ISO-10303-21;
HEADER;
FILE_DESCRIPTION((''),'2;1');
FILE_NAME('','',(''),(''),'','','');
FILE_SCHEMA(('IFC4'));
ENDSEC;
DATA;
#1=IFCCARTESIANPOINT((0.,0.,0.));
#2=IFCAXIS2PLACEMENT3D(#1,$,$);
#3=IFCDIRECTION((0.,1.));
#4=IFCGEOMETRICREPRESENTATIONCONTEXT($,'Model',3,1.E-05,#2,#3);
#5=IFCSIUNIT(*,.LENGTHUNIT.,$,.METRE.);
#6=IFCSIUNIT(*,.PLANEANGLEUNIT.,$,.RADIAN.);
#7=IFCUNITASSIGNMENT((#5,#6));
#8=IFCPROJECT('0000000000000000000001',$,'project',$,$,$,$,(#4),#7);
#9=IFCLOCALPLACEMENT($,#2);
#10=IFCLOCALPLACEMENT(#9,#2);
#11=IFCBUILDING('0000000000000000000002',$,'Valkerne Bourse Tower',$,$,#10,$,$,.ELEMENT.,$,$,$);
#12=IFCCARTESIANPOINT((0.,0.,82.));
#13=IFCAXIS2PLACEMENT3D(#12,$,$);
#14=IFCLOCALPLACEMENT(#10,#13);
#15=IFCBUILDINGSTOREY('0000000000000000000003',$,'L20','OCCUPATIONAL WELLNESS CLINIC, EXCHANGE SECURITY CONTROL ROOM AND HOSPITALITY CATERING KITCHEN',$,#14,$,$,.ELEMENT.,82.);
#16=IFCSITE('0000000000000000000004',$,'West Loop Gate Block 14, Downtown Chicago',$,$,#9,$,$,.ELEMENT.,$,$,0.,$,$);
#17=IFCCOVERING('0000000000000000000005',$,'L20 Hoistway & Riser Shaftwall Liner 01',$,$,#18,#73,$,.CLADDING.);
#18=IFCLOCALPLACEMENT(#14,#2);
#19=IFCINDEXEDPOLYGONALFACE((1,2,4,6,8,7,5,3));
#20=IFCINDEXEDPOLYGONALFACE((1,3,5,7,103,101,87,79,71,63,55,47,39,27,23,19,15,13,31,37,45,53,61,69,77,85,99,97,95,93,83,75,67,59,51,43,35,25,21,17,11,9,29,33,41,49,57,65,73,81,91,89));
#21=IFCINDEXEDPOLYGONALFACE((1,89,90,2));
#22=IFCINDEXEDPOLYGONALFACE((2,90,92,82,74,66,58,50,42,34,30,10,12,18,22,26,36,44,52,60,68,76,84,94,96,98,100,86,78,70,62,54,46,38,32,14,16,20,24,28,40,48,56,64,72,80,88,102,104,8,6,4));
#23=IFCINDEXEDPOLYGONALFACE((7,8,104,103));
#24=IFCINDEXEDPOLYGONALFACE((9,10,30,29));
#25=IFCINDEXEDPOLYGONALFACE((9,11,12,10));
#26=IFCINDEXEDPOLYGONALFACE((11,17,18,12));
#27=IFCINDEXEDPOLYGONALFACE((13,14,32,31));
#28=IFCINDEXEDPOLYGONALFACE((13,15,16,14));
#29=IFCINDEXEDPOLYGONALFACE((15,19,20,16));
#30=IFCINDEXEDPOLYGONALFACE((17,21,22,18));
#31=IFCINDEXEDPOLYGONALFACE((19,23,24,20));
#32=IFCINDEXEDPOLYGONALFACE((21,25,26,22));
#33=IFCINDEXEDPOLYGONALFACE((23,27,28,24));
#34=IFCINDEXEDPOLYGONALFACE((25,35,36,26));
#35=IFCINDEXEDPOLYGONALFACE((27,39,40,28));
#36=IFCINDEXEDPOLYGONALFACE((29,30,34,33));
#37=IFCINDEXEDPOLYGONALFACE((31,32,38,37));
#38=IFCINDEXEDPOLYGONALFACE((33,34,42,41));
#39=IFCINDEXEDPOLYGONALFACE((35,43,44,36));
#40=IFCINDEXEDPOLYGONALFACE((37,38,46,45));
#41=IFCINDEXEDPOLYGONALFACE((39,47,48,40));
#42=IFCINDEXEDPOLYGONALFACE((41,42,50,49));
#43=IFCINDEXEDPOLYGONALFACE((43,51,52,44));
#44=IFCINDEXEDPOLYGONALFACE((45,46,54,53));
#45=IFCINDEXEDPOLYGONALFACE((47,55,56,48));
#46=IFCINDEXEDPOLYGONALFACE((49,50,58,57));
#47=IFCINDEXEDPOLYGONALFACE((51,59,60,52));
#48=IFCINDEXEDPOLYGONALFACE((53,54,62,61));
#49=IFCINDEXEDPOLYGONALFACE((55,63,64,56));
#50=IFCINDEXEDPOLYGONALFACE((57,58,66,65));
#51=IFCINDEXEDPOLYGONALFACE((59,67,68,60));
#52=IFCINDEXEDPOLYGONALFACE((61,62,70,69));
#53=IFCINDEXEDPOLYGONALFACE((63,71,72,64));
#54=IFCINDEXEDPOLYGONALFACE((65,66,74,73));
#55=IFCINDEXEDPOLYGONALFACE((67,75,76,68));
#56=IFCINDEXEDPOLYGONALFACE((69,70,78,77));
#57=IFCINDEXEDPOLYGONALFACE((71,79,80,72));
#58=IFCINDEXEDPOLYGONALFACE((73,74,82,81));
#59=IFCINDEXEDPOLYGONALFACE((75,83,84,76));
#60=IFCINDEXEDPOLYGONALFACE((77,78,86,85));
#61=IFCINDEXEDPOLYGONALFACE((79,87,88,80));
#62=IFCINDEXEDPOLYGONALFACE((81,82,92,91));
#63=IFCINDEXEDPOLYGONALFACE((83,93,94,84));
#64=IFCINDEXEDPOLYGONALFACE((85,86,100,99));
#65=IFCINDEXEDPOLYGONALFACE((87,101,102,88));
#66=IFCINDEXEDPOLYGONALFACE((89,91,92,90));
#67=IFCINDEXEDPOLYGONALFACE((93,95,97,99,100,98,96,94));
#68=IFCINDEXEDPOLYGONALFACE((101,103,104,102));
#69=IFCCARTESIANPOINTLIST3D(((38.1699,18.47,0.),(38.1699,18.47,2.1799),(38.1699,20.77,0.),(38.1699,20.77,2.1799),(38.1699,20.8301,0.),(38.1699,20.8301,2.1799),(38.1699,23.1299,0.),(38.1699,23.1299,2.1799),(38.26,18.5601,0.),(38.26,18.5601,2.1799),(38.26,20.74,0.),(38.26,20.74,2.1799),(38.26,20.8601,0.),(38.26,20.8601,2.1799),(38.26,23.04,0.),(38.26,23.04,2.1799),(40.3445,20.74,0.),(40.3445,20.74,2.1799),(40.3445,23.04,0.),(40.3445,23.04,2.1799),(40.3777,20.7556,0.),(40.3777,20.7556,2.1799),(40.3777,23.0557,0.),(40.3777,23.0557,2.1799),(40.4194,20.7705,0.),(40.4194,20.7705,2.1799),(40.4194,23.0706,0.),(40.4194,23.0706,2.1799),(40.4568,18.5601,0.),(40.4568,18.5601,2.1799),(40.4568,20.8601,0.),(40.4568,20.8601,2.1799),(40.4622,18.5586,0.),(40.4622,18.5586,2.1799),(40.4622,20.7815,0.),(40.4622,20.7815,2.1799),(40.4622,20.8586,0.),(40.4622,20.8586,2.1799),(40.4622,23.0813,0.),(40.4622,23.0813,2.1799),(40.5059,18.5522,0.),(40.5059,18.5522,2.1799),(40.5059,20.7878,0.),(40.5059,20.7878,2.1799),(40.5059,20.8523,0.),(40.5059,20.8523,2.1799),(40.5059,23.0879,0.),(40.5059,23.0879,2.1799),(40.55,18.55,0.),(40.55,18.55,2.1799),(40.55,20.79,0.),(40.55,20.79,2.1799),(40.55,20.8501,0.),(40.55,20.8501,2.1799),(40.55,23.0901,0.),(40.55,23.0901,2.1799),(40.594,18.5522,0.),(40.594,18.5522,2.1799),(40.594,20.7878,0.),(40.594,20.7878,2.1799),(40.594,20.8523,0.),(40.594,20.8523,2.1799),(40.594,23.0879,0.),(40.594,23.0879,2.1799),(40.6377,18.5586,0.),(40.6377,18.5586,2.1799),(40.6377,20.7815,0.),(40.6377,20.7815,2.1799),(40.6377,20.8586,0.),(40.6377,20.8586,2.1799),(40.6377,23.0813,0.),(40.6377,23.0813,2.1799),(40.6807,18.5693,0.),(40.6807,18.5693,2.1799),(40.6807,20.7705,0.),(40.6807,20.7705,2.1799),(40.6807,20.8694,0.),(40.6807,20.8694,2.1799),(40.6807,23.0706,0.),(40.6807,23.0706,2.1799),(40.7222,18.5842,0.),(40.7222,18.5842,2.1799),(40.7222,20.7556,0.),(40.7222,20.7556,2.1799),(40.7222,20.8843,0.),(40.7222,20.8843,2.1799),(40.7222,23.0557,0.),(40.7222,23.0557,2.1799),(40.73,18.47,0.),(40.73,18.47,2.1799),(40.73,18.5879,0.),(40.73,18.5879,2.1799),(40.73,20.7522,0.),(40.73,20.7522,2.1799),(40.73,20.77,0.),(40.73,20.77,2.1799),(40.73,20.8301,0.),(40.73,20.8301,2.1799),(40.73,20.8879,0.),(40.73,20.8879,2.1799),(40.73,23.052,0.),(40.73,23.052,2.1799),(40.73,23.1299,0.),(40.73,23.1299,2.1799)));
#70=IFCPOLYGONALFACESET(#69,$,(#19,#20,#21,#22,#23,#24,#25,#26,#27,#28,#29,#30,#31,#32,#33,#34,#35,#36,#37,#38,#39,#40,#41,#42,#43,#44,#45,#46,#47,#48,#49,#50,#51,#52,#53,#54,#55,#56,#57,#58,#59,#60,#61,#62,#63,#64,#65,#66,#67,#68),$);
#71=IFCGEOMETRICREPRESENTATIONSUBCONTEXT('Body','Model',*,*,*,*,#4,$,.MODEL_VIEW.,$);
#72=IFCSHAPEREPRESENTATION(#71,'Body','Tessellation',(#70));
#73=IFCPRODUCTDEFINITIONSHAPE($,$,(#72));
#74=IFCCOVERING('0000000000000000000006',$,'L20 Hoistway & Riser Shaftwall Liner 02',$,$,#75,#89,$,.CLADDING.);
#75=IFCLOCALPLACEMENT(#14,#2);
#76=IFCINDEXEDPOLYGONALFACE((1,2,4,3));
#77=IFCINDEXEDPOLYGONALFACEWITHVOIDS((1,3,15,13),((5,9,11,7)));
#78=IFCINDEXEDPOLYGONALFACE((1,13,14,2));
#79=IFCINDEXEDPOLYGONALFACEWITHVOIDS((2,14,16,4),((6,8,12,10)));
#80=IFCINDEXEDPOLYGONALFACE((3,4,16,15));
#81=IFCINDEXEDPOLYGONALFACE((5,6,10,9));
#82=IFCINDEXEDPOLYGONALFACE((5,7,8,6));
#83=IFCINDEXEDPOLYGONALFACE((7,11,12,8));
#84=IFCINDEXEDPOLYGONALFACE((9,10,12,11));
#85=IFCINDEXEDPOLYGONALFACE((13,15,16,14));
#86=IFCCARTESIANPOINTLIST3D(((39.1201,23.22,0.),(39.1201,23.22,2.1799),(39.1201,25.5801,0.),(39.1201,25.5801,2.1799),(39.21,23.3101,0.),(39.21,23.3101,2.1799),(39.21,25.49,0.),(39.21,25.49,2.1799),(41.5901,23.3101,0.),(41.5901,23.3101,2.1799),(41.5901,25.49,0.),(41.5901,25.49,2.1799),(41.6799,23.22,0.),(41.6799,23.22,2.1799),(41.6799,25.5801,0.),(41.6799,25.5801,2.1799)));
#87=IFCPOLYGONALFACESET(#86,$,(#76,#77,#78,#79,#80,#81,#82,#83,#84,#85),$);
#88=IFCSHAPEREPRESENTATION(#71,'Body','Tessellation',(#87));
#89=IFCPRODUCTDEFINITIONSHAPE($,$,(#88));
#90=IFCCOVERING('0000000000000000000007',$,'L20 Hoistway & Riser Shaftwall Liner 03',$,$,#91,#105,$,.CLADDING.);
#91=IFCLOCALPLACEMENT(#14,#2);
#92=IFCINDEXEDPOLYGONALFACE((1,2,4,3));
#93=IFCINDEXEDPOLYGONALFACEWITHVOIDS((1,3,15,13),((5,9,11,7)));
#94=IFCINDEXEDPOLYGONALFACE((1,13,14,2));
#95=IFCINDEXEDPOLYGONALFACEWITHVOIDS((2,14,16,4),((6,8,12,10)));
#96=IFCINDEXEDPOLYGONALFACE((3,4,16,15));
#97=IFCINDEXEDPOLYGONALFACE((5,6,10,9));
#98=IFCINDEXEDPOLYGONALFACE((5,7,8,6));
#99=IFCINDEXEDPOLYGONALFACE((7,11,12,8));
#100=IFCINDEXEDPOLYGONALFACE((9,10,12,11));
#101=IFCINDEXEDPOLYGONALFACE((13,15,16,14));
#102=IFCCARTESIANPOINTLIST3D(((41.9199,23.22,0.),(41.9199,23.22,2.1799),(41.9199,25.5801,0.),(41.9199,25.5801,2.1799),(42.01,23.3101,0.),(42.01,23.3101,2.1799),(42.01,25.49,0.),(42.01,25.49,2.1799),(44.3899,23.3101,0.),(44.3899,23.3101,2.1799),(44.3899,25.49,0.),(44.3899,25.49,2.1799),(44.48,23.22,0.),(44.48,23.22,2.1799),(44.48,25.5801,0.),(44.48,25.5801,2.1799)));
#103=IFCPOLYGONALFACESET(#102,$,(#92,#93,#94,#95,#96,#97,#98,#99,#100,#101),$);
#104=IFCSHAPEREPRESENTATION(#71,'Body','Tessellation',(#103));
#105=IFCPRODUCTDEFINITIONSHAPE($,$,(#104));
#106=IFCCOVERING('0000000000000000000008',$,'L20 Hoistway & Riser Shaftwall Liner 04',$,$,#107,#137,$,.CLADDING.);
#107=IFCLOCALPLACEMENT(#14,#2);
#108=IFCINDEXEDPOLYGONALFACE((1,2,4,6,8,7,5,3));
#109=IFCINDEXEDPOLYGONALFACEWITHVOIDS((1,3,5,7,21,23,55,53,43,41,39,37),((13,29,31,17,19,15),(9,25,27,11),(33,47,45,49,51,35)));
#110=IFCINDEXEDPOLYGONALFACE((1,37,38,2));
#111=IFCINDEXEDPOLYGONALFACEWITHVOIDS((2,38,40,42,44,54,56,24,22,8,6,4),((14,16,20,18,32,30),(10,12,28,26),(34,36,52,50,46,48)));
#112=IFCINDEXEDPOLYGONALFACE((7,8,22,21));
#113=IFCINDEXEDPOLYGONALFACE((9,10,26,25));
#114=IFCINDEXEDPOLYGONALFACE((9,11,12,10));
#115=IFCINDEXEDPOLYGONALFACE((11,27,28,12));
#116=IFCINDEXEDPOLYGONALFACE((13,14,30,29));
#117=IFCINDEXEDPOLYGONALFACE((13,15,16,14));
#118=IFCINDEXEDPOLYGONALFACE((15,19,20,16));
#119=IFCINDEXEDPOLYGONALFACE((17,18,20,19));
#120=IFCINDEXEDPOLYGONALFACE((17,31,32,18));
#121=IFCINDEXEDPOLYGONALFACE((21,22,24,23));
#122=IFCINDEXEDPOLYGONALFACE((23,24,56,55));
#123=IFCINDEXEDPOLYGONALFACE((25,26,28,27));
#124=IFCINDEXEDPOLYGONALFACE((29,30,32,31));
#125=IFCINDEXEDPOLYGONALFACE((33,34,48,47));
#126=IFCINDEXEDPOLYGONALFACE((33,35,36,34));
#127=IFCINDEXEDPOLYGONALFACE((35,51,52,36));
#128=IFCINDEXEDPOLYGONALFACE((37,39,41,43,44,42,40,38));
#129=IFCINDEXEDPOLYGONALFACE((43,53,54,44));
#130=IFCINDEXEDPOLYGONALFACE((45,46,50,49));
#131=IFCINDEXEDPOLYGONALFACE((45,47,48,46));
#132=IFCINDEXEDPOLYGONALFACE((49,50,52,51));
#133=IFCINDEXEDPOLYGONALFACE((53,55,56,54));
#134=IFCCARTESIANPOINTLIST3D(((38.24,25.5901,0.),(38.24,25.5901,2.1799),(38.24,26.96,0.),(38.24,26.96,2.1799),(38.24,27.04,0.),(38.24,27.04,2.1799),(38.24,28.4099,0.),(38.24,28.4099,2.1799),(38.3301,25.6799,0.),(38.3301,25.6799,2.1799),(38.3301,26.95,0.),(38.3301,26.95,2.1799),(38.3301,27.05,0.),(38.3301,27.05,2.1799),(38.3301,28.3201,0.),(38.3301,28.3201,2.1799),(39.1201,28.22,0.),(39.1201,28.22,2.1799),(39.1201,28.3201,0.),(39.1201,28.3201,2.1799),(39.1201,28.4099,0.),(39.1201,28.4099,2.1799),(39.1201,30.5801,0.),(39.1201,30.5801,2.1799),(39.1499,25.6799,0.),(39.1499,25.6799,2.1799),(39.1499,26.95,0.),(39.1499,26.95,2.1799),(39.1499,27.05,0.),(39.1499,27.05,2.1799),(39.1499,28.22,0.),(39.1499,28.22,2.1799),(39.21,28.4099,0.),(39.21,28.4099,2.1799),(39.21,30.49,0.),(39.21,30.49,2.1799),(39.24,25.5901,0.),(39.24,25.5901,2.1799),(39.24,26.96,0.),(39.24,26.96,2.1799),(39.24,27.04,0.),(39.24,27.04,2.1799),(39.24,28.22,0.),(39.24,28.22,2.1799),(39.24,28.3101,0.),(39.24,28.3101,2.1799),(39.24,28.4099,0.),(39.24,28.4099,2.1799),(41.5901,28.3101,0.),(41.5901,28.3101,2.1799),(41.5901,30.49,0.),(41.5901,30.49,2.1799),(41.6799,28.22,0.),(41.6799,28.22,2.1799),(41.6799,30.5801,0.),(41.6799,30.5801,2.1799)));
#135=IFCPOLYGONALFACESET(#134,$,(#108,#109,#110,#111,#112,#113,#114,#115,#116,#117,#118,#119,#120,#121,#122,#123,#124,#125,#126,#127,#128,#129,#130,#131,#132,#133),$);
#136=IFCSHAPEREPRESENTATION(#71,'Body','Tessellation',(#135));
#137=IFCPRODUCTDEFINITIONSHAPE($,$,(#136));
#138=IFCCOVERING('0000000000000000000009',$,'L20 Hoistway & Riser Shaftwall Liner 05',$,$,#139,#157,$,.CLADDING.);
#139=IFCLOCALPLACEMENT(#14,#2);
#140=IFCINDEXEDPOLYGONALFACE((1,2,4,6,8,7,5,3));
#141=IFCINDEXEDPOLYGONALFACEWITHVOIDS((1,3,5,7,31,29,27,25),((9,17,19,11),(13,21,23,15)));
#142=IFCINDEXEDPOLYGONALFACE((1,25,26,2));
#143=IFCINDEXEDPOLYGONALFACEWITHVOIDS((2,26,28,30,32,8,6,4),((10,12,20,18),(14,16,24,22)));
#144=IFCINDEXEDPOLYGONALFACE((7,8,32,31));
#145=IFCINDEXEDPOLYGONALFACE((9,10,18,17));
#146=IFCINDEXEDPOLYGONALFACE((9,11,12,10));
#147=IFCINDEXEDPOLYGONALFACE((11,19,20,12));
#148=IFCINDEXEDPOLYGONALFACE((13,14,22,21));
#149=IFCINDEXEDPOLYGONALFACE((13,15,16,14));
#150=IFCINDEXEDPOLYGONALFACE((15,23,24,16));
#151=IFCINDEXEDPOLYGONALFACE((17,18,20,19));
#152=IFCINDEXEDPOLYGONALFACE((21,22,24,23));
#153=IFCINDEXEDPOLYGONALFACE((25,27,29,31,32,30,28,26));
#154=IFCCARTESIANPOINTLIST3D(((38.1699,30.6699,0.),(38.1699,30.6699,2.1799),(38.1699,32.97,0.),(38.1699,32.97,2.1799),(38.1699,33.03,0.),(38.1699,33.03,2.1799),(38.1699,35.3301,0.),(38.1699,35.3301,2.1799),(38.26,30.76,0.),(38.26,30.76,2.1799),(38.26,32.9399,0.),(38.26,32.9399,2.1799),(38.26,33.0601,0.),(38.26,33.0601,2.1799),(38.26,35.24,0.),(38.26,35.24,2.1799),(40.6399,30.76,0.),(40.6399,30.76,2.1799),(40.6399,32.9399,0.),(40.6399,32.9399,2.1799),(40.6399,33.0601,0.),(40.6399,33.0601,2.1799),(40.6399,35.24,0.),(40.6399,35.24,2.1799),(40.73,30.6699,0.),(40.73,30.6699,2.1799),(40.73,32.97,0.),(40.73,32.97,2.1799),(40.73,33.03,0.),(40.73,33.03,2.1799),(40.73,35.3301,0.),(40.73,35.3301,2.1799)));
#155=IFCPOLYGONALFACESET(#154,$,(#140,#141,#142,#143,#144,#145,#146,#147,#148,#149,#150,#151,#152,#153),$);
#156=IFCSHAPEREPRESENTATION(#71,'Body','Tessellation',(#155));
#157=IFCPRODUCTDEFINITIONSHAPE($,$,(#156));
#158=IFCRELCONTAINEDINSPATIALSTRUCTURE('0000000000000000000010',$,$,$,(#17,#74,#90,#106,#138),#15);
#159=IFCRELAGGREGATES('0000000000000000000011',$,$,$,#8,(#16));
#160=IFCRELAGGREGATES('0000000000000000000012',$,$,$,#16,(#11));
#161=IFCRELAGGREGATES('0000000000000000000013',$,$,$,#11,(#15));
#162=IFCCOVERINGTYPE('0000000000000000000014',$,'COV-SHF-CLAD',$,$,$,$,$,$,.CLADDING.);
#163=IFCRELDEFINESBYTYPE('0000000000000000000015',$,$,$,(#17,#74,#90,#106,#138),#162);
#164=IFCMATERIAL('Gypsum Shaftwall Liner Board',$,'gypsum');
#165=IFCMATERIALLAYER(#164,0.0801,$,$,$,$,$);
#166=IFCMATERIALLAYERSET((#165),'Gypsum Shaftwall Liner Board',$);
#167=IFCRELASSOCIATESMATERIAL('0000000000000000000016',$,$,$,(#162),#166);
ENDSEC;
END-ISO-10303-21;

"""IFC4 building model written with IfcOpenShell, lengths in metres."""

from ifc_helpers import new_model, si_unit, direction, frame, origin, place, context, subcontext, project, spatial, polyline, outline, extrude, material, layer, layer_set, type_object, element, save


model = new_model("IFC4")

# Units and contexts
model_context = context("Model", 3, precision=1e-05, world=origin(), true_north=direction((0.0, 1.0)))
body_context = subcontext(model_context, "Body", "Model", "MODEL_VIEW")
ifc_project = project(units=[si_unit("LENGTHUNIT", "METRE"), si_unit("PLANEANGLEUNIT", "RADIAN")], contexts=[model_context])

# Site, building, storey
site_placement = place(None, origin())
site = spatial("IfcSite", under=ifc_project, at=site_placement, Name="West Loop Gate Block 14, Downtown Chicago", CompositionType="ELEMENT", RefElevation=0.0)
building_placement = place(site_placement, origin())
building = spatial("IfcBuilding", under=site, at=building_placement, Name="Valkerne Bourse Tower", CompositionType="ELEMENT")
storey_placement = place(building_placement, frame((0.0, 0.0, 82.0)))
storey = spatial("IfcBuildingStorey", under=building, at=storey_placement, Name="L20", Description="OCCUPATIONAL WELLNESS CLINIC, EXCHANGE SECURITY CONTROL ROOM AND HOSPITALITY CATERING KITCHEN", CompositionType="ELEMENT", Elevation=82.0)

# Coverings
ifc_material_1 = material(Name="Gypsum Shaftwall Liner Board", Category="gypsum")
ifc_layer_1 = layer(ifc_material_1, 0.0801)
ifc_layer_set_1 = layer_set([ifc_layer_1], Name="Gypsum Shaftwall Liner Board")
covering_type_1 = type_object("IfcCoveringType", Name="COV-SHF-CLAD", PredefinedType="CLADDING", material=ifc_layer_set_1)
covering_1_placement = place(storey_placement, origin())
element("IfcCovering", 1, at=covering_1_placement, inside=storey, type_object=covering_type_1, Name="L20 Hoistway & Riser Shaftwall Liner 01", PredefinedType="CLADDING", context=body_context, shape_type="SweptSolid", body=[
    extrude(outline(polyline([(38.1699, 23.1299), (40.73, 23.1299), (40.73, 23.052), (40.7222, 23.0557), (40.6807, 23.0706), (40.6377, 23.0813), (40.594, 23.0879), (40.55, 23.0901), (40.5059, 23.0879), (40.4622, 23.0813), (40.4194, 23.0706), (40.3777, 23.0557), (40.3445, 23.04), (38.26, 23.04), (38.26, 20.8601), (40.4568, 20.8601), (40.4622, 20.8586), (40.5059, 20.8523), (40.55, 20.8501), (40.594, 20.8523), (40.6377, 20.8586), (40.6807, 20.8694), (40.7222, 20.8843), (40.73, 20.8879), (40.73, 20.8301), (40.73, 20.77), (40.73, 20.7522), (40.7222, 20.7556), (40.6807, 20.7705), (40.6377, 20.7815), (40.594, 20.7878), (40.55, 20.79), (40.5059, 20.7878), (40.4622, 20.7815), (40.4194, 20.7705), (40.3777, 20.7556), (40.3445, 20.74), (38.26, 20.74), (38.26, 18.5601), (40.4568, 18.5601), (40.4622, 18.5586), (40.5059, 18.5522), (40.55, 18.55), (40.594, 18.5522), (40.6377, 18.5586), (40.6807, 18.5693), (40.7222, 18.5842), (40.73, 18.5879), (40.73, 18.47), (38.1699, 18.47), (38.1699, 20.77), (38.1699, 20.8301), (38.1699, 23.1299)])), origin(), (0.0, 0.0, 1.0), 2.1799),
])
covering_2_placement = place(storey_placement, origin())
element("IfcCovering", 2, at=covering_2_placement, inside=storey, type_object=covering_type_1, Name="L20 Hoistway & Riser Shaftwall Liner 02", PredefinedType="CLADDING", context=body_context, shape_type="SweptSolid", body=[
    extrude(outline(polyline([(41.6799, 23.22), (39.1201, 23.22), (39.1201, 25.5801), (41.6799, 25.5801), (41.6799, 23.22)]), holes=[polyline([(39.21, 25.49), (39.21, 23.3101), (41.5901, 23.3101), (41.5901, 25.49), (39.21, 25.49)])]), origin(), (0.0, 0.0, 1.0), 2.1799),
])
covering_3_placement = place(storey_placement, origin())
element("IfcCovering", 3, at=covering_3_placement, inside=storey, type_object=covering_type_1, Name="L20 Hoistway & Riser Shaftwall Liner 03", PredefinedType="CLADDING", context=body_context, shape_type="SweptSolid", body=[
    extrude(outline(polyline([(44.48, 23.22), (41.9199, 23.22), (41.9199, 25.5801), (44.48, 25.5801), (44.48, 23.22)]), holes=[polyline([(42.01, 25.49), (42.01, 23.3101), (44.3899, 23.3101), (44.3899, 25.49), (42.01, 25.49)])]), origin(), (0.0, 0.0, 1.0), 2.1799),
])
covering_4_placement = place(storey_placement, origin())
element("IfcCovering", 4, at=covering_4_placement, inside=storey, type_object=covering_type_1, Name="L20 Hoistway & Riser Shaftwall Liner 04", PredefinedType="CLADDING", context=body_context, shape_type="SweptSolid", body=[
    extrude(outline(polyline([(38.24, 28.4099), (39.1201, 28.4099), (39.1201, 30.5801), (41.6799, 30.5801), (41.6799, 28.22), (39.24, 28.22), (39.24, 27.04), (39.24, 26.96), (39.24, 25.5901), (38.24, 25.5901), (38.24, 26.96), (38.24, 27.04), (38.24, 28.4099)]), holes=[polyline([(39.21, 30.49), (39.21, 28.4099), (39.24, 28.4099), (39.24, 28.3101), (41.5901, 28.3101), (41.5901, 30.49), (39.21, 30.49)]), polyline([(38.3301, 26.95), (38.3301, 25.6799), (39.1499, 25.6799), (39.1499, 26.95), (38.3301, 26.95)]), polyline([(39.1201, 28.22), (39.1201, 28.3201), (38.3301, 28.3201), (38.3301, 27.05), (39.1499, 27.05), (39.1499, 28.22), (39.1201, 28.22)])]), origin(), (0.0, 0.0, 1.0), 2.1799),
])
covering_5_placement = place(storey_placement, origin())
element("IfcCovering", 5, at=covering_5_placement, inside=storey, type_object=covering_type_1, Name="L20 Hoistway & Riser Shaftwall Liner 05", PredefinedType="CLADDING", context=body_context, shape_type="SweptSolid", body=[
    extrude(outline(polyline([(38.1699, 35.3301), (40.73, 35.3301), (40.73, 33.03), (40.73, 32.97), (40.73, 30.6699), (38.1699, 30.6699), (38.1699, 32.97), (38.1699, 33.03), (38.1699, 35.3301)]), holes=[polyline([(38.26, 32.9399), (38.26, 30.76), (40.6399, 30.76), (40.6399, 32.9399), (38.26, 32.9399)]), polyline([(38.26, 35.24), (38.26, 33.0601), (40.6399, 33.0601), (40.6399, 35.24), (38.26, 35.24)])]), origin(), (0.0, 0.0, 1.0), 2.1799),
])

save(model, "model.ifc")
